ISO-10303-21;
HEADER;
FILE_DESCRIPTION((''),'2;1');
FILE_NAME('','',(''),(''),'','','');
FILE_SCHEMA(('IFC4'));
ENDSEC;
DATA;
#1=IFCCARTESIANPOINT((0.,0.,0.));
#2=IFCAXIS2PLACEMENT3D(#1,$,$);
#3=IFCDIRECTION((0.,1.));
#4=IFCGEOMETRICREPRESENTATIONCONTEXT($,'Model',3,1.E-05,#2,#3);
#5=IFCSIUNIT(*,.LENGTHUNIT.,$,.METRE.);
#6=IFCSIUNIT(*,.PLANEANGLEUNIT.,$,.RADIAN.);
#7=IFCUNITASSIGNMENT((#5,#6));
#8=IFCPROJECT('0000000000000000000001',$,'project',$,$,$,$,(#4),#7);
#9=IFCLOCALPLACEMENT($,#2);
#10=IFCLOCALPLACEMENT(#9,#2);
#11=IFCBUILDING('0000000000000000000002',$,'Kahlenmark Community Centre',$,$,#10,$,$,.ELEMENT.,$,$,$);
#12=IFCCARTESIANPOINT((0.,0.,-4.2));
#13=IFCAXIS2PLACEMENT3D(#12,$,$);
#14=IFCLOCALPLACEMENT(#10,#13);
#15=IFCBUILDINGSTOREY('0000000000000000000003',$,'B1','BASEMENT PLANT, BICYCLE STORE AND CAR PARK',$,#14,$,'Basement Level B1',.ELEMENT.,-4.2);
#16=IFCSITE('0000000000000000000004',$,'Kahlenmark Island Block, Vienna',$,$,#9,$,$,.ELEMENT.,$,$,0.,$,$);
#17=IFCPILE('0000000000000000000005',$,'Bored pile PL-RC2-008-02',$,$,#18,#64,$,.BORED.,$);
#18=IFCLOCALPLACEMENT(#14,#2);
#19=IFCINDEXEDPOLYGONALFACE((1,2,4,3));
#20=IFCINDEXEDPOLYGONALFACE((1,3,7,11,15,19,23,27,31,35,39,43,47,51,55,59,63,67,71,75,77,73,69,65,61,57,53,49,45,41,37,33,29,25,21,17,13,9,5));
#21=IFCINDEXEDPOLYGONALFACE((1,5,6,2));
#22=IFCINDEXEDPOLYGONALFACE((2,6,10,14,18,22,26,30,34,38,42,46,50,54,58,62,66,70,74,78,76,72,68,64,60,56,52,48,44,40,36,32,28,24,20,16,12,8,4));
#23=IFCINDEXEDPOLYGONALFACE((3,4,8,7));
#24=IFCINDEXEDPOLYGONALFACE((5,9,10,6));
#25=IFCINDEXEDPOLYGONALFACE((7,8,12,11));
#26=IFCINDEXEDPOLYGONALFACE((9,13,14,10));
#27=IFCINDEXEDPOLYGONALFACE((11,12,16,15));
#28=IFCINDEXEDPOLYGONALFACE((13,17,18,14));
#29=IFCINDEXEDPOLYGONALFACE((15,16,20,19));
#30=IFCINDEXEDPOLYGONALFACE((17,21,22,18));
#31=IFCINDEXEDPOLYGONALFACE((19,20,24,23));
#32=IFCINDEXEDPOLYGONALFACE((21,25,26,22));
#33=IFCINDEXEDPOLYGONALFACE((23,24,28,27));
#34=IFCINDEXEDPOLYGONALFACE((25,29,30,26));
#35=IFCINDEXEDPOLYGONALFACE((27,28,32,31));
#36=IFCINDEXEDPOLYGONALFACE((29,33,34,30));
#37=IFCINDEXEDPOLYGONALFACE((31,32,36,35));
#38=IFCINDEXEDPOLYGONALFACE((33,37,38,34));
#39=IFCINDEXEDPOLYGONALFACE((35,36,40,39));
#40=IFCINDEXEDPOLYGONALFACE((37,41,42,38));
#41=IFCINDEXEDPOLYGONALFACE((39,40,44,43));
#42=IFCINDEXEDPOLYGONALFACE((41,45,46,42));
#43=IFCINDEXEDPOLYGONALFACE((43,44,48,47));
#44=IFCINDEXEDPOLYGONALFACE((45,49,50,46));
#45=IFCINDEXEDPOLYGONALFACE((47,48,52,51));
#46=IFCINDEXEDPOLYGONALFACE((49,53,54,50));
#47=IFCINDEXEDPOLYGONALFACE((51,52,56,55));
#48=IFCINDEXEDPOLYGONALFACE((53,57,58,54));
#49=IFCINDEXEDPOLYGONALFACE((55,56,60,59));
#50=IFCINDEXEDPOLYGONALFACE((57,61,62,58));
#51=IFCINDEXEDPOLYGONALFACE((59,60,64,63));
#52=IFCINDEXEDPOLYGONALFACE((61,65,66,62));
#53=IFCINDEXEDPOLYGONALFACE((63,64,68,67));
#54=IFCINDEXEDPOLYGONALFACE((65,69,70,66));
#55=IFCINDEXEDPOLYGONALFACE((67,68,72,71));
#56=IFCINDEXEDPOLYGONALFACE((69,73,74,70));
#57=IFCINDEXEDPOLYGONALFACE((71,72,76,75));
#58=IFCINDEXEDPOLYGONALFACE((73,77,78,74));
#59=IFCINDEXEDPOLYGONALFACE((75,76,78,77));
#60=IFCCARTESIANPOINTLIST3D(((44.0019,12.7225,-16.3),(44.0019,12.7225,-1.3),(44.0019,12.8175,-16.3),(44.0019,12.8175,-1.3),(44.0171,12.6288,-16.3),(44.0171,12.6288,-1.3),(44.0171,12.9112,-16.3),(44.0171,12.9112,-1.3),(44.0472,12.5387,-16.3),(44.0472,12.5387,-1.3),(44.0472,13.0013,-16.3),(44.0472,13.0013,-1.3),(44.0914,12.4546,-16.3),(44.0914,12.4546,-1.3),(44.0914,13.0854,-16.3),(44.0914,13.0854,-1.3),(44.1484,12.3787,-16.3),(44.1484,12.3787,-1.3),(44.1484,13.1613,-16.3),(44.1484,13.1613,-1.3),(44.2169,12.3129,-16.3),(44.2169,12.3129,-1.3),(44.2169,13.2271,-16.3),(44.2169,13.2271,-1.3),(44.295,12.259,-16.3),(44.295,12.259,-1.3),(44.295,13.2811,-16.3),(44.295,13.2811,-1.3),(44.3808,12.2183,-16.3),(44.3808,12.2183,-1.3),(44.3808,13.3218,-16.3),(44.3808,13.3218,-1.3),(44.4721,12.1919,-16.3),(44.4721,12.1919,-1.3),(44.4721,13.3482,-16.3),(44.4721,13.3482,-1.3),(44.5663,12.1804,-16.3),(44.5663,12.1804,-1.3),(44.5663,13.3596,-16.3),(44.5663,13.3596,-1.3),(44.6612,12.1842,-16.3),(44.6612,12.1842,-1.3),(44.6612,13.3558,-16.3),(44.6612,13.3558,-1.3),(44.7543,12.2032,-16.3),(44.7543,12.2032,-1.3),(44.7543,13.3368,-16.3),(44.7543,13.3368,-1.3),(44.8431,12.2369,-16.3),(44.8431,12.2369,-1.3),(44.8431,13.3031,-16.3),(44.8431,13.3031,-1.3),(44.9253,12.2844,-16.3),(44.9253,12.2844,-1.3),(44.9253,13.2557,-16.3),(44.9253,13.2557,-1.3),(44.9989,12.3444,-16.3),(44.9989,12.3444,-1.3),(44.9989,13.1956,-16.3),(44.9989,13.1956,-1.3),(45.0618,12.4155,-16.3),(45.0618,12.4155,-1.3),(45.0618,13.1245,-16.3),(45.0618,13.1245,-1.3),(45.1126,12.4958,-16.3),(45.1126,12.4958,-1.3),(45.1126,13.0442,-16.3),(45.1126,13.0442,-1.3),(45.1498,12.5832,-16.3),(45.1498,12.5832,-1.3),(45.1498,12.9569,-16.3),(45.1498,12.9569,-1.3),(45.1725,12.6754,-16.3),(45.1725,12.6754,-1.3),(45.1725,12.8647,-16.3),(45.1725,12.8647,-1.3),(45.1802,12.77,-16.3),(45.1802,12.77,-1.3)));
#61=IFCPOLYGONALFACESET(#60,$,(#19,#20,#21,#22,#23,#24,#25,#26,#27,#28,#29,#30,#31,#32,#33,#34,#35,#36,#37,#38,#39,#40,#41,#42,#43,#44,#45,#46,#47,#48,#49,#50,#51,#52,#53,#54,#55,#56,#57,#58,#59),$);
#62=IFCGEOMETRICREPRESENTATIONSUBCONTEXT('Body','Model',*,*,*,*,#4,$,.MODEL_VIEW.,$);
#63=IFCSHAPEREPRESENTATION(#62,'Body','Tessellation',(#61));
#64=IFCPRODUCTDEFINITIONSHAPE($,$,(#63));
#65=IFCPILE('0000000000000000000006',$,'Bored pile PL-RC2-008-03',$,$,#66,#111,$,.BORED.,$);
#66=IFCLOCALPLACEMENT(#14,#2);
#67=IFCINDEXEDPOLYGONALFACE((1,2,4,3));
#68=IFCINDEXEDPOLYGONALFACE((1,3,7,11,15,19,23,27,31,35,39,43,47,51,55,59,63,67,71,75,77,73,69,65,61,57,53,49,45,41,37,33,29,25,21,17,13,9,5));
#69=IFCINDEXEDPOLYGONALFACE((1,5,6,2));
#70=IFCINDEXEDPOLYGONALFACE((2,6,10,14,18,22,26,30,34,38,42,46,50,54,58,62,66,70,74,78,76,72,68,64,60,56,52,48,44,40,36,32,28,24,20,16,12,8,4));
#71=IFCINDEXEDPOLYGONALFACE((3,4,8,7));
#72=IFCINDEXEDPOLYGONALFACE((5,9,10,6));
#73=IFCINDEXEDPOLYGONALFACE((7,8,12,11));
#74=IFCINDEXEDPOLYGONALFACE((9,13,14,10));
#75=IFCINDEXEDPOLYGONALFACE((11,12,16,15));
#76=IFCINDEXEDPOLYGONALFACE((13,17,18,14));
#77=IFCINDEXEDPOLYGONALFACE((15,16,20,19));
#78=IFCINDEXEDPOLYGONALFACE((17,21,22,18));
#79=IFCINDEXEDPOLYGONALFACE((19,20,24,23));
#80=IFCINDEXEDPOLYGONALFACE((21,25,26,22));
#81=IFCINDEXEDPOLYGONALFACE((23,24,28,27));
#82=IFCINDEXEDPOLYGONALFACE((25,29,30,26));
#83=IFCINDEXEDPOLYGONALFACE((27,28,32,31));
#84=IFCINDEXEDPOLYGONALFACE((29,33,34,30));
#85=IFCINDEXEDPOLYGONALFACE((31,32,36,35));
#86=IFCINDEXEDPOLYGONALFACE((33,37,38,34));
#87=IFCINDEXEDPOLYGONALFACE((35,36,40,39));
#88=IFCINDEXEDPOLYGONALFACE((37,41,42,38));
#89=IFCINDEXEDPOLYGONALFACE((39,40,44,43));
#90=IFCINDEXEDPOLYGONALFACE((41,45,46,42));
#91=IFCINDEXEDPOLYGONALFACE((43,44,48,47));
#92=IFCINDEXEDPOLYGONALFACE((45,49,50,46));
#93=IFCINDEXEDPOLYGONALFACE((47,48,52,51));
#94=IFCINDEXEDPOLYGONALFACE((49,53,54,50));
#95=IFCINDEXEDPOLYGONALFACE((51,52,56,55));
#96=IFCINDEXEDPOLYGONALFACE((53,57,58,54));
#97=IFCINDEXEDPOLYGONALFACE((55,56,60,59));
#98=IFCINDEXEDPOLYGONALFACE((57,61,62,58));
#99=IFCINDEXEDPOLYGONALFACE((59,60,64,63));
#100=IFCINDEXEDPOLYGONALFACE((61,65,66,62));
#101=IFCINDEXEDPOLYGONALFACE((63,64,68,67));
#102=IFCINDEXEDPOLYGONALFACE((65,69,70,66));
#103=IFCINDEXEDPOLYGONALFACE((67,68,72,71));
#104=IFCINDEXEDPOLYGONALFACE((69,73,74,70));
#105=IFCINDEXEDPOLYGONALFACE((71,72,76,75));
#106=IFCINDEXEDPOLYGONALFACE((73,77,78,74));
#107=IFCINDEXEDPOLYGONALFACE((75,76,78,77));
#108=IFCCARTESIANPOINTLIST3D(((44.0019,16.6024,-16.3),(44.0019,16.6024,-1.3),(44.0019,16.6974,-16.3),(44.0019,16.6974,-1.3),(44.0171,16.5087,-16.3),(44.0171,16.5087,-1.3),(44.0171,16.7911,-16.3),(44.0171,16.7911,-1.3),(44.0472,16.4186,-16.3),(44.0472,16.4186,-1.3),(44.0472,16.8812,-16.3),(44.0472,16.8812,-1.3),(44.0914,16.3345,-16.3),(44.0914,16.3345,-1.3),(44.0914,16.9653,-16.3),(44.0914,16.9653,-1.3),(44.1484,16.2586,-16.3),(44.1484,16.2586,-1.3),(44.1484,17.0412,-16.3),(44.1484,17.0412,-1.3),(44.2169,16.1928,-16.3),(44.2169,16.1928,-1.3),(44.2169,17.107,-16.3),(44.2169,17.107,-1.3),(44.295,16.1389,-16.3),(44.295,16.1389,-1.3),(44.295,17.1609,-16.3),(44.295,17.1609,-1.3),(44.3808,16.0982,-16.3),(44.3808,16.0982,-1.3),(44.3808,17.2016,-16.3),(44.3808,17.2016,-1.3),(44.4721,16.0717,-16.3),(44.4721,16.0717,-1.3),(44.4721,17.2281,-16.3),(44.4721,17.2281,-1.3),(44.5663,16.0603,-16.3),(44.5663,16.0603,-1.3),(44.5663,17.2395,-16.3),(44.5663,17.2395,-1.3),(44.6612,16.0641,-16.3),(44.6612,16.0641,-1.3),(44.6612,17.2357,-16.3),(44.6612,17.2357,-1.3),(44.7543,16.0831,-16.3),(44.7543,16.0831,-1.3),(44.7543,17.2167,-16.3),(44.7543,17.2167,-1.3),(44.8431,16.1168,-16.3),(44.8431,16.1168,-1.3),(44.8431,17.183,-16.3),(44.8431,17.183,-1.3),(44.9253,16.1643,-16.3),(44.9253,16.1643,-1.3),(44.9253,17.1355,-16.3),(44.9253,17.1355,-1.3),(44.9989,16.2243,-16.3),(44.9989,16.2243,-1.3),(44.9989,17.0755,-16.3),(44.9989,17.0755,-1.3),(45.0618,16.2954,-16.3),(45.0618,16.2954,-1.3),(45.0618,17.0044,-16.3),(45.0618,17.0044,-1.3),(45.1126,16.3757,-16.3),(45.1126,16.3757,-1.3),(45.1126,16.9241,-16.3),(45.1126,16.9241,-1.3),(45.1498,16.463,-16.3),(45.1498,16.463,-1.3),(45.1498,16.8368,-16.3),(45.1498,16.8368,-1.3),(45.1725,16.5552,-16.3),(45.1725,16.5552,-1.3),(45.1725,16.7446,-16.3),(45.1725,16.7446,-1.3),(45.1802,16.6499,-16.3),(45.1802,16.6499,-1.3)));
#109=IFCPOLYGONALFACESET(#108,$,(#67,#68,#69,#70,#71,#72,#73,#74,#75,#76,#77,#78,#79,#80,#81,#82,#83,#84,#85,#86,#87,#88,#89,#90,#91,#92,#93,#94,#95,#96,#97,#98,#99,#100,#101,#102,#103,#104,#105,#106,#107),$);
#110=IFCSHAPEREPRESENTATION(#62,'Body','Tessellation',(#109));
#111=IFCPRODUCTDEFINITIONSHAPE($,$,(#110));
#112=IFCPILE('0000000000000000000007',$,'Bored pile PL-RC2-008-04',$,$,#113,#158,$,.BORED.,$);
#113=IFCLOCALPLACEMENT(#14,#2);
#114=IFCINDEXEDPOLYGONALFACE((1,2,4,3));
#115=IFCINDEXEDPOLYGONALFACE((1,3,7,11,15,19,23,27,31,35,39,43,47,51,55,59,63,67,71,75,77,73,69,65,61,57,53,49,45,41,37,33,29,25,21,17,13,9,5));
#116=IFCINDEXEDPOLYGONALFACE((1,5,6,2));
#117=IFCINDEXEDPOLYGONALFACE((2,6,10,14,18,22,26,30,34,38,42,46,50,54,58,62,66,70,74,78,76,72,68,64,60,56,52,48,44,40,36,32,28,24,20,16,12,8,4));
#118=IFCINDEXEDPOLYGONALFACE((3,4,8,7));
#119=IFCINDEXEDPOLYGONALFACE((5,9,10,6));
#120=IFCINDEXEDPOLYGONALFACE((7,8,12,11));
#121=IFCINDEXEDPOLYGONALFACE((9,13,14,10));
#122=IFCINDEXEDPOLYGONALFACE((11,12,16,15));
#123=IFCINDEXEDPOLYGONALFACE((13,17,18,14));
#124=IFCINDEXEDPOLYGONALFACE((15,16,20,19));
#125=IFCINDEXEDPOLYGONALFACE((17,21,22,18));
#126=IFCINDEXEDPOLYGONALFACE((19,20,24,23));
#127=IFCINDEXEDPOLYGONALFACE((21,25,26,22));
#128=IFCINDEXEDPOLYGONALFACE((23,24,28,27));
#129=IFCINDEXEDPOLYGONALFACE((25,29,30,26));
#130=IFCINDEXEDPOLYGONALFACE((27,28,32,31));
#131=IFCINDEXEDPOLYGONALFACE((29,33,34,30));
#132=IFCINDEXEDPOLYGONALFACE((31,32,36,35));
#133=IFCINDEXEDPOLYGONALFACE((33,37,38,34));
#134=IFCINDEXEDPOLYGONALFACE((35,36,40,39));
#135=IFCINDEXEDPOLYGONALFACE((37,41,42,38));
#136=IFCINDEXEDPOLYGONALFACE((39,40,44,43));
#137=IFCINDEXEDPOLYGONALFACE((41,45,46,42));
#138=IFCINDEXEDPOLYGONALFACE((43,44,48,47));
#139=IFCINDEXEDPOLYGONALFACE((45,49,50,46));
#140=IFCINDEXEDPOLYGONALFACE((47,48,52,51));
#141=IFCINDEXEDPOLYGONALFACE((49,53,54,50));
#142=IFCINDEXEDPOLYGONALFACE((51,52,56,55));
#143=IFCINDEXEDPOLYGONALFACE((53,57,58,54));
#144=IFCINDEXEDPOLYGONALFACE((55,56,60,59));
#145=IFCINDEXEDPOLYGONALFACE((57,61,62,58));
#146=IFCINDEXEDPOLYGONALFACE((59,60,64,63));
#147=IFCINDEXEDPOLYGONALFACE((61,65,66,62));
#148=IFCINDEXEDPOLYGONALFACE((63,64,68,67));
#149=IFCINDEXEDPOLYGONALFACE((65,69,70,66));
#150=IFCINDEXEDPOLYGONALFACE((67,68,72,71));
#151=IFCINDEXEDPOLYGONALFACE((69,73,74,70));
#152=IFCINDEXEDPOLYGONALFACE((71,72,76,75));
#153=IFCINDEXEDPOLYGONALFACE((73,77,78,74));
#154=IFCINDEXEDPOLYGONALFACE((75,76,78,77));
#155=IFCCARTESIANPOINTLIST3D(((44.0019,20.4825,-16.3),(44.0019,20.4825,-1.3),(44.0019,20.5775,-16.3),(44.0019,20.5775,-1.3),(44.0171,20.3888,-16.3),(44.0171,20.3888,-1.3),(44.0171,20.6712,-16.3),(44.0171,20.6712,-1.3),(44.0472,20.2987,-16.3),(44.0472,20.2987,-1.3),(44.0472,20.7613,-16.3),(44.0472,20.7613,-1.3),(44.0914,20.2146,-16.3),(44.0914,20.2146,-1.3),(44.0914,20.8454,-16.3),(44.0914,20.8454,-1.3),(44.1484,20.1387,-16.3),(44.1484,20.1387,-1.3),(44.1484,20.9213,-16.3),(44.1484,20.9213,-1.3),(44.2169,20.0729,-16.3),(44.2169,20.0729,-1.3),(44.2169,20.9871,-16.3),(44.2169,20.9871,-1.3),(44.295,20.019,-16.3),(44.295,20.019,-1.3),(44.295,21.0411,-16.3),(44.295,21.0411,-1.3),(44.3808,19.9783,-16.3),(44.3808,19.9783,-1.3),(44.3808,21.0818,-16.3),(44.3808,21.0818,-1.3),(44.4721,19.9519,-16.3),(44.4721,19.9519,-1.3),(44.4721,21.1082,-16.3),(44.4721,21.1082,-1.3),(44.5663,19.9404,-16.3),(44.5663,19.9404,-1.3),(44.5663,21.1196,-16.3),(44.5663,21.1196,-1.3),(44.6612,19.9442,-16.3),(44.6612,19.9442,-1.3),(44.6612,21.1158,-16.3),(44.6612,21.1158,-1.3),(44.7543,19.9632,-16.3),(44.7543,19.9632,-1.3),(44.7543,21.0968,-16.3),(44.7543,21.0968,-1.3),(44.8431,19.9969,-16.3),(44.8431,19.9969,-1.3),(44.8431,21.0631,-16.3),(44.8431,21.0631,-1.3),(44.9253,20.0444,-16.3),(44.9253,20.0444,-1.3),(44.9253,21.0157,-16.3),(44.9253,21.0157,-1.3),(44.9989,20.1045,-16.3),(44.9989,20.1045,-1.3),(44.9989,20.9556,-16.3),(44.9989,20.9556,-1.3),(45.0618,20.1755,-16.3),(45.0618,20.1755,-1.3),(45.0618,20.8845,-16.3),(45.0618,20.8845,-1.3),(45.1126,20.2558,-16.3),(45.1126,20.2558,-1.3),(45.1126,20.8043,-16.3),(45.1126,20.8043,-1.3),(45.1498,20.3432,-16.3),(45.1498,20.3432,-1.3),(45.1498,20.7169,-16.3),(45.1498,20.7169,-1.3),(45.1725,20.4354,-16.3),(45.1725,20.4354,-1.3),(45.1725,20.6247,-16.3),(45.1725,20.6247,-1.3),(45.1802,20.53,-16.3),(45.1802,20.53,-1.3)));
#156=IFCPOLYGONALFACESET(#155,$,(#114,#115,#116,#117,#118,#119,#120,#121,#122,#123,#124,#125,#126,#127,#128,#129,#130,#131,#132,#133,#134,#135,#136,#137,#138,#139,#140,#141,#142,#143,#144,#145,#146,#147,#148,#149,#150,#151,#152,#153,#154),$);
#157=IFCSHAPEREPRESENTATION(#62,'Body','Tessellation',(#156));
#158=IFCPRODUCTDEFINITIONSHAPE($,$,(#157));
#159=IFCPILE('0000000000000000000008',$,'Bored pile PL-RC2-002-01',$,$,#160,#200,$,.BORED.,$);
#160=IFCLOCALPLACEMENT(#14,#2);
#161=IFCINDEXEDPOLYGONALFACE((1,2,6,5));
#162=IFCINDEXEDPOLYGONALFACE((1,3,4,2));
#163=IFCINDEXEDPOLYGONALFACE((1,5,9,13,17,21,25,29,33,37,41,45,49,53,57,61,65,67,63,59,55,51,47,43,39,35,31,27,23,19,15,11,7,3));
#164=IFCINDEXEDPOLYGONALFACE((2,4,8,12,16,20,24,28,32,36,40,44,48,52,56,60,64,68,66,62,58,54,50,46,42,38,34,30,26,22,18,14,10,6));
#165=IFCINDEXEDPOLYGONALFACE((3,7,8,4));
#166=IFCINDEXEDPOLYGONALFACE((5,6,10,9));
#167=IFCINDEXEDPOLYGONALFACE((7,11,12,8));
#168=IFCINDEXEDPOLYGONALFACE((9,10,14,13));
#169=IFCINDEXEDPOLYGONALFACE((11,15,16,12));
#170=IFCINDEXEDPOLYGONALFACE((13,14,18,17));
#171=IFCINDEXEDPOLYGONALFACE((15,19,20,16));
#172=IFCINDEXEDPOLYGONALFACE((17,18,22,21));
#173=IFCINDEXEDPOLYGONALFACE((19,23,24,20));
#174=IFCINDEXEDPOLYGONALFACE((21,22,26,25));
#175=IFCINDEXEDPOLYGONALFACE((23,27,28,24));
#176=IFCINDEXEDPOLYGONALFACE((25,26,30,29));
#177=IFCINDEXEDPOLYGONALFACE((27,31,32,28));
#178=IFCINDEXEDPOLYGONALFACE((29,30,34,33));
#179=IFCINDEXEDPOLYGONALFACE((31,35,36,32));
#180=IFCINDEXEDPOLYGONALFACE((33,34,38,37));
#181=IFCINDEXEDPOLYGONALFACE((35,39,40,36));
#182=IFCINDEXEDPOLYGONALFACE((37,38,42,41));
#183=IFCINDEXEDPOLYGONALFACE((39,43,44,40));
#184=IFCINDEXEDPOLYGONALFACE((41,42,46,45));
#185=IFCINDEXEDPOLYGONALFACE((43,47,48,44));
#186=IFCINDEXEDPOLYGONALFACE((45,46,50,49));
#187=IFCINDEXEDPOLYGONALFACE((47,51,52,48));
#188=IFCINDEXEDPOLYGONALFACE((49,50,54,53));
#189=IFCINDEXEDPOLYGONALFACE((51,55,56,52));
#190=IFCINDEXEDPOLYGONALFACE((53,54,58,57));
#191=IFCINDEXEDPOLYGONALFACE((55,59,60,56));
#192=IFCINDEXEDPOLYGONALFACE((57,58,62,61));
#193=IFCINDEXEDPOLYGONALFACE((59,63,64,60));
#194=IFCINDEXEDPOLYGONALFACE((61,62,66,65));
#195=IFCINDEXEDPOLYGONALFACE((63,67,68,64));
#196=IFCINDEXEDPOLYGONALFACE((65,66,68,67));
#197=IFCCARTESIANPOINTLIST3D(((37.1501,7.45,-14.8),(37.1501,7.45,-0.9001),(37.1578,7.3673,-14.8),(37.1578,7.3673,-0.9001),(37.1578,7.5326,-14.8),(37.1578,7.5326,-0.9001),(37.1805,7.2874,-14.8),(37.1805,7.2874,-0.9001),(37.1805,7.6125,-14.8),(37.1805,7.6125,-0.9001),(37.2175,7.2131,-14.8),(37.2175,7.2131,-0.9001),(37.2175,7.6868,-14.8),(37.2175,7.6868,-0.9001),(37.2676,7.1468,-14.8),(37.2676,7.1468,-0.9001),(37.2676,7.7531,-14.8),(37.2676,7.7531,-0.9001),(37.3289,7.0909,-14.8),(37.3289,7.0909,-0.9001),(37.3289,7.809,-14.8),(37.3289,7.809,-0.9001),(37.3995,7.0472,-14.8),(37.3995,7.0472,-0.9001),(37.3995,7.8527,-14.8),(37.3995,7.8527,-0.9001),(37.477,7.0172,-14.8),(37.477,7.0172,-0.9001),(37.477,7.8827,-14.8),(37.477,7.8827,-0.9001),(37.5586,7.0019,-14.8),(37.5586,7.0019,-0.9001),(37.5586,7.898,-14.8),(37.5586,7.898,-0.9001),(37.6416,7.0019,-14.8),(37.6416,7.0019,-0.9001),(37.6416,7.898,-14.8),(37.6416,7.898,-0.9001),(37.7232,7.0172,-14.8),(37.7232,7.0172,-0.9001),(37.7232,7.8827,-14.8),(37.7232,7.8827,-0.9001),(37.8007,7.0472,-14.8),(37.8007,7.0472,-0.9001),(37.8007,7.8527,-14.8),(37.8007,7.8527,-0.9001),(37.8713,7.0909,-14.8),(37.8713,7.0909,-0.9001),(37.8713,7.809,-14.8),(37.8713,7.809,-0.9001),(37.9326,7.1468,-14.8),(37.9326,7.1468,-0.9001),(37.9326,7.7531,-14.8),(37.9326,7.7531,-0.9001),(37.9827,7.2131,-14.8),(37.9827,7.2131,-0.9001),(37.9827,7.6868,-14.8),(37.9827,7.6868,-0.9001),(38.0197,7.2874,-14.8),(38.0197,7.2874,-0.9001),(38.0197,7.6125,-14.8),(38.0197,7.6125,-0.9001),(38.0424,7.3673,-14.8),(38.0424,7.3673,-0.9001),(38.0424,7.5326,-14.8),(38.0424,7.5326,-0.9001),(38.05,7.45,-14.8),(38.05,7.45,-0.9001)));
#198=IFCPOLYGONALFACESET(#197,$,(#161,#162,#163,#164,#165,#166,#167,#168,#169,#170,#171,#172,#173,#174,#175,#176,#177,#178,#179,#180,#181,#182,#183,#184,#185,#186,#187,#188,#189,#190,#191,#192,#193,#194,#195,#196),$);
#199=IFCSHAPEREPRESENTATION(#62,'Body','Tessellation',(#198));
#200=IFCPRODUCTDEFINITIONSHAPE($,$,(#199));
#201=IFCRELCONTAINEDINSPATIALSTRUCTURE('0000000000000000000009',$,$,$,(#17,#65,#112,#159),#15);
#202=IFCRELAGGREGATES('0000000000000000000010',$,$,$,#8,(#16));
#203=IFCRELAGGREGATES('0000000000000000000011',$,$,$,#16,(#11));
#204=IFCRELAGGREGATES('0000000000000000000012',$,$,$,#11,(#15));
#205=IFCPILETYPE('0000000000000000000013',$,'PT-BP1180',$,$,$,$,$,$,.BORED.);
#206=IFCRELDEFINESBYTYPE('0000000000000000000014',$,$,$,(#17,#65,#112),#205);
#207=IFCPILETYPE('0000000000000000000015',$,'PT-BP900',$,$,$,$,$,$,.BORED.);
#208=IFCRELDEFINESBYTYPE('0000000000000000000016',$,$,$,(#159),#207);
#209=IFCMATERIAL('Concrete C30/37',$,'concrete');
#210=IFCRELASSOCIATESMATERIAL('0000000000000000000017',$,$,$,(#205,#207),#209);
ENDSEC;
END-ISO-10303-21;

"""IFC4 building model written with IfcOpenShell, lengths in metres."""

from ifc_helpers import new_model, si_unit, direction, frame, origin, origin_2d, place, context, subcontext, project, spatial, circle, extrude, material, material_profile, profile_set, type_object, element, save


model = new_model("IFC4")

# Units and contexts
model_context = context("Model", 3, precision=1e-05, world=origin(), true_north=direction((0.0, 1.0)))
body_context = subcontext(model_context, "Body", "Model", "MODEL_VIEW")
ifc_project = project(units=[si_unit("LENGTHUNIT", "METRE"), si_unit("PLANEANGLEUNIT", "RADIAN")], contexts=[model_context])

# Site, building, storey
site_placement = place(None, origin())
site = spatial("IfcSite", under=ifc_project, at=site_placement, Name="Kahlenmark Island Block, Vienna", CompositionType="ELEMENT", RefElevation=0.0)
building_placement = place(site_placement, origin())
building = spatial("IfcBuilding", under=site, at=building_placement, Name="Kahlenmark Community Centre", CompositionType="ELEMENT")
storey_placement = place(building_placement, frame((0.0, 0.0, -4.2)))
storey = spatial("IfcBuildingStorey", under=building, at=storey_placement, Name="B1", Description="BASEMENT PLANT, BICYCLE STORE AND CAR PARK", LongName="Basement Level B1", CompositionType="ELEMENT", Elevation=-4.2)

# Shared definitions
ifc_material_1 = material(Name="Concrete C30/37", Category="concrete")

# Piles
ifc_material_profile_1 = material_profile(ifc_material_1, circle(Radius=0.5901, at=origin_2d()), Name="BORED PILE 1180")
ifc_profile_set_1 = profile_set([ifc_material_profile_1], Name="Concrete C30/37")
pile_type_1 = type_object("IfcPileType", Name="PT-BP1180", PredefinedType="BORED", material=ifc_profile_set_1)
for number, where, z_axis, x_axis, name in (
    (1, (44.5901, 12.77, -1.3), (0.0, 0.0, -1.0), (1.0, 0.0, 0.0), "Bored pile PL-RC2-008-02"),
    (2, (44.5901, 16.6499, -1.3), (0.0, 0.0, -1.0), (1.0, 0.0, 0.0), "Bored pile PL-RC2-008-03"),
    (3, (44.5901, 20.53, -1.3), (0.0, 0.0, -1.0), (1.0, 0.0, 0.0), "Bored pile PL-RC2-008-04"),
):
    element("IfcPile", number, at=place(storey_placement, frame(where, z_axis=z_axis, x_axis=x_axis)), inside=storey, type_object=pile_type_1, Name=name, PredefinedType="BORED", context=body_context, shape_type="SweptSolid", body=[
        extrude(circle(Radius=0.5901, at=origin_2d()), origin(), (0.0, 0.0, 1.0), 15.0),
    ])
ifc_material_profile_2 = material_profile(ifc_material_1, circle(Radius=0.45, at=origin_2d()), Name="BORED PILE 900")
ifc_profile_set_2 = profile_set([ifc_material_profile_2], Name="Concrete C30/37")
pile_type_2 = type_object("IfcPileType", Name="PT-BP900", PredefinedType="BORED", material=ifc_profile_set_2)
for number, where, z_axis, x_axis, name in (
    (4, (37.6001, 7.45, -0.9001), (0.0, 0.0, -1.0), (1.0, 0.0, 0.0), "Bored pile PL-RC2-002-01"),
):
    element("IfcPile", number, at=place(storey_placement, frame(where, z_axis=z_axis, x_axis=x_axis)), inside=storey, type_object=pile_type_2, Name=name, PredefinedType="BORED", context=body_context, shape_type="SweptSolid", body=[
        extrude(circle(Radius=0.45, at=origin_2d()), origin(), (0.0, 0.0, 1.0), 13.8999),
    ])

save(model, "model.ifc")
